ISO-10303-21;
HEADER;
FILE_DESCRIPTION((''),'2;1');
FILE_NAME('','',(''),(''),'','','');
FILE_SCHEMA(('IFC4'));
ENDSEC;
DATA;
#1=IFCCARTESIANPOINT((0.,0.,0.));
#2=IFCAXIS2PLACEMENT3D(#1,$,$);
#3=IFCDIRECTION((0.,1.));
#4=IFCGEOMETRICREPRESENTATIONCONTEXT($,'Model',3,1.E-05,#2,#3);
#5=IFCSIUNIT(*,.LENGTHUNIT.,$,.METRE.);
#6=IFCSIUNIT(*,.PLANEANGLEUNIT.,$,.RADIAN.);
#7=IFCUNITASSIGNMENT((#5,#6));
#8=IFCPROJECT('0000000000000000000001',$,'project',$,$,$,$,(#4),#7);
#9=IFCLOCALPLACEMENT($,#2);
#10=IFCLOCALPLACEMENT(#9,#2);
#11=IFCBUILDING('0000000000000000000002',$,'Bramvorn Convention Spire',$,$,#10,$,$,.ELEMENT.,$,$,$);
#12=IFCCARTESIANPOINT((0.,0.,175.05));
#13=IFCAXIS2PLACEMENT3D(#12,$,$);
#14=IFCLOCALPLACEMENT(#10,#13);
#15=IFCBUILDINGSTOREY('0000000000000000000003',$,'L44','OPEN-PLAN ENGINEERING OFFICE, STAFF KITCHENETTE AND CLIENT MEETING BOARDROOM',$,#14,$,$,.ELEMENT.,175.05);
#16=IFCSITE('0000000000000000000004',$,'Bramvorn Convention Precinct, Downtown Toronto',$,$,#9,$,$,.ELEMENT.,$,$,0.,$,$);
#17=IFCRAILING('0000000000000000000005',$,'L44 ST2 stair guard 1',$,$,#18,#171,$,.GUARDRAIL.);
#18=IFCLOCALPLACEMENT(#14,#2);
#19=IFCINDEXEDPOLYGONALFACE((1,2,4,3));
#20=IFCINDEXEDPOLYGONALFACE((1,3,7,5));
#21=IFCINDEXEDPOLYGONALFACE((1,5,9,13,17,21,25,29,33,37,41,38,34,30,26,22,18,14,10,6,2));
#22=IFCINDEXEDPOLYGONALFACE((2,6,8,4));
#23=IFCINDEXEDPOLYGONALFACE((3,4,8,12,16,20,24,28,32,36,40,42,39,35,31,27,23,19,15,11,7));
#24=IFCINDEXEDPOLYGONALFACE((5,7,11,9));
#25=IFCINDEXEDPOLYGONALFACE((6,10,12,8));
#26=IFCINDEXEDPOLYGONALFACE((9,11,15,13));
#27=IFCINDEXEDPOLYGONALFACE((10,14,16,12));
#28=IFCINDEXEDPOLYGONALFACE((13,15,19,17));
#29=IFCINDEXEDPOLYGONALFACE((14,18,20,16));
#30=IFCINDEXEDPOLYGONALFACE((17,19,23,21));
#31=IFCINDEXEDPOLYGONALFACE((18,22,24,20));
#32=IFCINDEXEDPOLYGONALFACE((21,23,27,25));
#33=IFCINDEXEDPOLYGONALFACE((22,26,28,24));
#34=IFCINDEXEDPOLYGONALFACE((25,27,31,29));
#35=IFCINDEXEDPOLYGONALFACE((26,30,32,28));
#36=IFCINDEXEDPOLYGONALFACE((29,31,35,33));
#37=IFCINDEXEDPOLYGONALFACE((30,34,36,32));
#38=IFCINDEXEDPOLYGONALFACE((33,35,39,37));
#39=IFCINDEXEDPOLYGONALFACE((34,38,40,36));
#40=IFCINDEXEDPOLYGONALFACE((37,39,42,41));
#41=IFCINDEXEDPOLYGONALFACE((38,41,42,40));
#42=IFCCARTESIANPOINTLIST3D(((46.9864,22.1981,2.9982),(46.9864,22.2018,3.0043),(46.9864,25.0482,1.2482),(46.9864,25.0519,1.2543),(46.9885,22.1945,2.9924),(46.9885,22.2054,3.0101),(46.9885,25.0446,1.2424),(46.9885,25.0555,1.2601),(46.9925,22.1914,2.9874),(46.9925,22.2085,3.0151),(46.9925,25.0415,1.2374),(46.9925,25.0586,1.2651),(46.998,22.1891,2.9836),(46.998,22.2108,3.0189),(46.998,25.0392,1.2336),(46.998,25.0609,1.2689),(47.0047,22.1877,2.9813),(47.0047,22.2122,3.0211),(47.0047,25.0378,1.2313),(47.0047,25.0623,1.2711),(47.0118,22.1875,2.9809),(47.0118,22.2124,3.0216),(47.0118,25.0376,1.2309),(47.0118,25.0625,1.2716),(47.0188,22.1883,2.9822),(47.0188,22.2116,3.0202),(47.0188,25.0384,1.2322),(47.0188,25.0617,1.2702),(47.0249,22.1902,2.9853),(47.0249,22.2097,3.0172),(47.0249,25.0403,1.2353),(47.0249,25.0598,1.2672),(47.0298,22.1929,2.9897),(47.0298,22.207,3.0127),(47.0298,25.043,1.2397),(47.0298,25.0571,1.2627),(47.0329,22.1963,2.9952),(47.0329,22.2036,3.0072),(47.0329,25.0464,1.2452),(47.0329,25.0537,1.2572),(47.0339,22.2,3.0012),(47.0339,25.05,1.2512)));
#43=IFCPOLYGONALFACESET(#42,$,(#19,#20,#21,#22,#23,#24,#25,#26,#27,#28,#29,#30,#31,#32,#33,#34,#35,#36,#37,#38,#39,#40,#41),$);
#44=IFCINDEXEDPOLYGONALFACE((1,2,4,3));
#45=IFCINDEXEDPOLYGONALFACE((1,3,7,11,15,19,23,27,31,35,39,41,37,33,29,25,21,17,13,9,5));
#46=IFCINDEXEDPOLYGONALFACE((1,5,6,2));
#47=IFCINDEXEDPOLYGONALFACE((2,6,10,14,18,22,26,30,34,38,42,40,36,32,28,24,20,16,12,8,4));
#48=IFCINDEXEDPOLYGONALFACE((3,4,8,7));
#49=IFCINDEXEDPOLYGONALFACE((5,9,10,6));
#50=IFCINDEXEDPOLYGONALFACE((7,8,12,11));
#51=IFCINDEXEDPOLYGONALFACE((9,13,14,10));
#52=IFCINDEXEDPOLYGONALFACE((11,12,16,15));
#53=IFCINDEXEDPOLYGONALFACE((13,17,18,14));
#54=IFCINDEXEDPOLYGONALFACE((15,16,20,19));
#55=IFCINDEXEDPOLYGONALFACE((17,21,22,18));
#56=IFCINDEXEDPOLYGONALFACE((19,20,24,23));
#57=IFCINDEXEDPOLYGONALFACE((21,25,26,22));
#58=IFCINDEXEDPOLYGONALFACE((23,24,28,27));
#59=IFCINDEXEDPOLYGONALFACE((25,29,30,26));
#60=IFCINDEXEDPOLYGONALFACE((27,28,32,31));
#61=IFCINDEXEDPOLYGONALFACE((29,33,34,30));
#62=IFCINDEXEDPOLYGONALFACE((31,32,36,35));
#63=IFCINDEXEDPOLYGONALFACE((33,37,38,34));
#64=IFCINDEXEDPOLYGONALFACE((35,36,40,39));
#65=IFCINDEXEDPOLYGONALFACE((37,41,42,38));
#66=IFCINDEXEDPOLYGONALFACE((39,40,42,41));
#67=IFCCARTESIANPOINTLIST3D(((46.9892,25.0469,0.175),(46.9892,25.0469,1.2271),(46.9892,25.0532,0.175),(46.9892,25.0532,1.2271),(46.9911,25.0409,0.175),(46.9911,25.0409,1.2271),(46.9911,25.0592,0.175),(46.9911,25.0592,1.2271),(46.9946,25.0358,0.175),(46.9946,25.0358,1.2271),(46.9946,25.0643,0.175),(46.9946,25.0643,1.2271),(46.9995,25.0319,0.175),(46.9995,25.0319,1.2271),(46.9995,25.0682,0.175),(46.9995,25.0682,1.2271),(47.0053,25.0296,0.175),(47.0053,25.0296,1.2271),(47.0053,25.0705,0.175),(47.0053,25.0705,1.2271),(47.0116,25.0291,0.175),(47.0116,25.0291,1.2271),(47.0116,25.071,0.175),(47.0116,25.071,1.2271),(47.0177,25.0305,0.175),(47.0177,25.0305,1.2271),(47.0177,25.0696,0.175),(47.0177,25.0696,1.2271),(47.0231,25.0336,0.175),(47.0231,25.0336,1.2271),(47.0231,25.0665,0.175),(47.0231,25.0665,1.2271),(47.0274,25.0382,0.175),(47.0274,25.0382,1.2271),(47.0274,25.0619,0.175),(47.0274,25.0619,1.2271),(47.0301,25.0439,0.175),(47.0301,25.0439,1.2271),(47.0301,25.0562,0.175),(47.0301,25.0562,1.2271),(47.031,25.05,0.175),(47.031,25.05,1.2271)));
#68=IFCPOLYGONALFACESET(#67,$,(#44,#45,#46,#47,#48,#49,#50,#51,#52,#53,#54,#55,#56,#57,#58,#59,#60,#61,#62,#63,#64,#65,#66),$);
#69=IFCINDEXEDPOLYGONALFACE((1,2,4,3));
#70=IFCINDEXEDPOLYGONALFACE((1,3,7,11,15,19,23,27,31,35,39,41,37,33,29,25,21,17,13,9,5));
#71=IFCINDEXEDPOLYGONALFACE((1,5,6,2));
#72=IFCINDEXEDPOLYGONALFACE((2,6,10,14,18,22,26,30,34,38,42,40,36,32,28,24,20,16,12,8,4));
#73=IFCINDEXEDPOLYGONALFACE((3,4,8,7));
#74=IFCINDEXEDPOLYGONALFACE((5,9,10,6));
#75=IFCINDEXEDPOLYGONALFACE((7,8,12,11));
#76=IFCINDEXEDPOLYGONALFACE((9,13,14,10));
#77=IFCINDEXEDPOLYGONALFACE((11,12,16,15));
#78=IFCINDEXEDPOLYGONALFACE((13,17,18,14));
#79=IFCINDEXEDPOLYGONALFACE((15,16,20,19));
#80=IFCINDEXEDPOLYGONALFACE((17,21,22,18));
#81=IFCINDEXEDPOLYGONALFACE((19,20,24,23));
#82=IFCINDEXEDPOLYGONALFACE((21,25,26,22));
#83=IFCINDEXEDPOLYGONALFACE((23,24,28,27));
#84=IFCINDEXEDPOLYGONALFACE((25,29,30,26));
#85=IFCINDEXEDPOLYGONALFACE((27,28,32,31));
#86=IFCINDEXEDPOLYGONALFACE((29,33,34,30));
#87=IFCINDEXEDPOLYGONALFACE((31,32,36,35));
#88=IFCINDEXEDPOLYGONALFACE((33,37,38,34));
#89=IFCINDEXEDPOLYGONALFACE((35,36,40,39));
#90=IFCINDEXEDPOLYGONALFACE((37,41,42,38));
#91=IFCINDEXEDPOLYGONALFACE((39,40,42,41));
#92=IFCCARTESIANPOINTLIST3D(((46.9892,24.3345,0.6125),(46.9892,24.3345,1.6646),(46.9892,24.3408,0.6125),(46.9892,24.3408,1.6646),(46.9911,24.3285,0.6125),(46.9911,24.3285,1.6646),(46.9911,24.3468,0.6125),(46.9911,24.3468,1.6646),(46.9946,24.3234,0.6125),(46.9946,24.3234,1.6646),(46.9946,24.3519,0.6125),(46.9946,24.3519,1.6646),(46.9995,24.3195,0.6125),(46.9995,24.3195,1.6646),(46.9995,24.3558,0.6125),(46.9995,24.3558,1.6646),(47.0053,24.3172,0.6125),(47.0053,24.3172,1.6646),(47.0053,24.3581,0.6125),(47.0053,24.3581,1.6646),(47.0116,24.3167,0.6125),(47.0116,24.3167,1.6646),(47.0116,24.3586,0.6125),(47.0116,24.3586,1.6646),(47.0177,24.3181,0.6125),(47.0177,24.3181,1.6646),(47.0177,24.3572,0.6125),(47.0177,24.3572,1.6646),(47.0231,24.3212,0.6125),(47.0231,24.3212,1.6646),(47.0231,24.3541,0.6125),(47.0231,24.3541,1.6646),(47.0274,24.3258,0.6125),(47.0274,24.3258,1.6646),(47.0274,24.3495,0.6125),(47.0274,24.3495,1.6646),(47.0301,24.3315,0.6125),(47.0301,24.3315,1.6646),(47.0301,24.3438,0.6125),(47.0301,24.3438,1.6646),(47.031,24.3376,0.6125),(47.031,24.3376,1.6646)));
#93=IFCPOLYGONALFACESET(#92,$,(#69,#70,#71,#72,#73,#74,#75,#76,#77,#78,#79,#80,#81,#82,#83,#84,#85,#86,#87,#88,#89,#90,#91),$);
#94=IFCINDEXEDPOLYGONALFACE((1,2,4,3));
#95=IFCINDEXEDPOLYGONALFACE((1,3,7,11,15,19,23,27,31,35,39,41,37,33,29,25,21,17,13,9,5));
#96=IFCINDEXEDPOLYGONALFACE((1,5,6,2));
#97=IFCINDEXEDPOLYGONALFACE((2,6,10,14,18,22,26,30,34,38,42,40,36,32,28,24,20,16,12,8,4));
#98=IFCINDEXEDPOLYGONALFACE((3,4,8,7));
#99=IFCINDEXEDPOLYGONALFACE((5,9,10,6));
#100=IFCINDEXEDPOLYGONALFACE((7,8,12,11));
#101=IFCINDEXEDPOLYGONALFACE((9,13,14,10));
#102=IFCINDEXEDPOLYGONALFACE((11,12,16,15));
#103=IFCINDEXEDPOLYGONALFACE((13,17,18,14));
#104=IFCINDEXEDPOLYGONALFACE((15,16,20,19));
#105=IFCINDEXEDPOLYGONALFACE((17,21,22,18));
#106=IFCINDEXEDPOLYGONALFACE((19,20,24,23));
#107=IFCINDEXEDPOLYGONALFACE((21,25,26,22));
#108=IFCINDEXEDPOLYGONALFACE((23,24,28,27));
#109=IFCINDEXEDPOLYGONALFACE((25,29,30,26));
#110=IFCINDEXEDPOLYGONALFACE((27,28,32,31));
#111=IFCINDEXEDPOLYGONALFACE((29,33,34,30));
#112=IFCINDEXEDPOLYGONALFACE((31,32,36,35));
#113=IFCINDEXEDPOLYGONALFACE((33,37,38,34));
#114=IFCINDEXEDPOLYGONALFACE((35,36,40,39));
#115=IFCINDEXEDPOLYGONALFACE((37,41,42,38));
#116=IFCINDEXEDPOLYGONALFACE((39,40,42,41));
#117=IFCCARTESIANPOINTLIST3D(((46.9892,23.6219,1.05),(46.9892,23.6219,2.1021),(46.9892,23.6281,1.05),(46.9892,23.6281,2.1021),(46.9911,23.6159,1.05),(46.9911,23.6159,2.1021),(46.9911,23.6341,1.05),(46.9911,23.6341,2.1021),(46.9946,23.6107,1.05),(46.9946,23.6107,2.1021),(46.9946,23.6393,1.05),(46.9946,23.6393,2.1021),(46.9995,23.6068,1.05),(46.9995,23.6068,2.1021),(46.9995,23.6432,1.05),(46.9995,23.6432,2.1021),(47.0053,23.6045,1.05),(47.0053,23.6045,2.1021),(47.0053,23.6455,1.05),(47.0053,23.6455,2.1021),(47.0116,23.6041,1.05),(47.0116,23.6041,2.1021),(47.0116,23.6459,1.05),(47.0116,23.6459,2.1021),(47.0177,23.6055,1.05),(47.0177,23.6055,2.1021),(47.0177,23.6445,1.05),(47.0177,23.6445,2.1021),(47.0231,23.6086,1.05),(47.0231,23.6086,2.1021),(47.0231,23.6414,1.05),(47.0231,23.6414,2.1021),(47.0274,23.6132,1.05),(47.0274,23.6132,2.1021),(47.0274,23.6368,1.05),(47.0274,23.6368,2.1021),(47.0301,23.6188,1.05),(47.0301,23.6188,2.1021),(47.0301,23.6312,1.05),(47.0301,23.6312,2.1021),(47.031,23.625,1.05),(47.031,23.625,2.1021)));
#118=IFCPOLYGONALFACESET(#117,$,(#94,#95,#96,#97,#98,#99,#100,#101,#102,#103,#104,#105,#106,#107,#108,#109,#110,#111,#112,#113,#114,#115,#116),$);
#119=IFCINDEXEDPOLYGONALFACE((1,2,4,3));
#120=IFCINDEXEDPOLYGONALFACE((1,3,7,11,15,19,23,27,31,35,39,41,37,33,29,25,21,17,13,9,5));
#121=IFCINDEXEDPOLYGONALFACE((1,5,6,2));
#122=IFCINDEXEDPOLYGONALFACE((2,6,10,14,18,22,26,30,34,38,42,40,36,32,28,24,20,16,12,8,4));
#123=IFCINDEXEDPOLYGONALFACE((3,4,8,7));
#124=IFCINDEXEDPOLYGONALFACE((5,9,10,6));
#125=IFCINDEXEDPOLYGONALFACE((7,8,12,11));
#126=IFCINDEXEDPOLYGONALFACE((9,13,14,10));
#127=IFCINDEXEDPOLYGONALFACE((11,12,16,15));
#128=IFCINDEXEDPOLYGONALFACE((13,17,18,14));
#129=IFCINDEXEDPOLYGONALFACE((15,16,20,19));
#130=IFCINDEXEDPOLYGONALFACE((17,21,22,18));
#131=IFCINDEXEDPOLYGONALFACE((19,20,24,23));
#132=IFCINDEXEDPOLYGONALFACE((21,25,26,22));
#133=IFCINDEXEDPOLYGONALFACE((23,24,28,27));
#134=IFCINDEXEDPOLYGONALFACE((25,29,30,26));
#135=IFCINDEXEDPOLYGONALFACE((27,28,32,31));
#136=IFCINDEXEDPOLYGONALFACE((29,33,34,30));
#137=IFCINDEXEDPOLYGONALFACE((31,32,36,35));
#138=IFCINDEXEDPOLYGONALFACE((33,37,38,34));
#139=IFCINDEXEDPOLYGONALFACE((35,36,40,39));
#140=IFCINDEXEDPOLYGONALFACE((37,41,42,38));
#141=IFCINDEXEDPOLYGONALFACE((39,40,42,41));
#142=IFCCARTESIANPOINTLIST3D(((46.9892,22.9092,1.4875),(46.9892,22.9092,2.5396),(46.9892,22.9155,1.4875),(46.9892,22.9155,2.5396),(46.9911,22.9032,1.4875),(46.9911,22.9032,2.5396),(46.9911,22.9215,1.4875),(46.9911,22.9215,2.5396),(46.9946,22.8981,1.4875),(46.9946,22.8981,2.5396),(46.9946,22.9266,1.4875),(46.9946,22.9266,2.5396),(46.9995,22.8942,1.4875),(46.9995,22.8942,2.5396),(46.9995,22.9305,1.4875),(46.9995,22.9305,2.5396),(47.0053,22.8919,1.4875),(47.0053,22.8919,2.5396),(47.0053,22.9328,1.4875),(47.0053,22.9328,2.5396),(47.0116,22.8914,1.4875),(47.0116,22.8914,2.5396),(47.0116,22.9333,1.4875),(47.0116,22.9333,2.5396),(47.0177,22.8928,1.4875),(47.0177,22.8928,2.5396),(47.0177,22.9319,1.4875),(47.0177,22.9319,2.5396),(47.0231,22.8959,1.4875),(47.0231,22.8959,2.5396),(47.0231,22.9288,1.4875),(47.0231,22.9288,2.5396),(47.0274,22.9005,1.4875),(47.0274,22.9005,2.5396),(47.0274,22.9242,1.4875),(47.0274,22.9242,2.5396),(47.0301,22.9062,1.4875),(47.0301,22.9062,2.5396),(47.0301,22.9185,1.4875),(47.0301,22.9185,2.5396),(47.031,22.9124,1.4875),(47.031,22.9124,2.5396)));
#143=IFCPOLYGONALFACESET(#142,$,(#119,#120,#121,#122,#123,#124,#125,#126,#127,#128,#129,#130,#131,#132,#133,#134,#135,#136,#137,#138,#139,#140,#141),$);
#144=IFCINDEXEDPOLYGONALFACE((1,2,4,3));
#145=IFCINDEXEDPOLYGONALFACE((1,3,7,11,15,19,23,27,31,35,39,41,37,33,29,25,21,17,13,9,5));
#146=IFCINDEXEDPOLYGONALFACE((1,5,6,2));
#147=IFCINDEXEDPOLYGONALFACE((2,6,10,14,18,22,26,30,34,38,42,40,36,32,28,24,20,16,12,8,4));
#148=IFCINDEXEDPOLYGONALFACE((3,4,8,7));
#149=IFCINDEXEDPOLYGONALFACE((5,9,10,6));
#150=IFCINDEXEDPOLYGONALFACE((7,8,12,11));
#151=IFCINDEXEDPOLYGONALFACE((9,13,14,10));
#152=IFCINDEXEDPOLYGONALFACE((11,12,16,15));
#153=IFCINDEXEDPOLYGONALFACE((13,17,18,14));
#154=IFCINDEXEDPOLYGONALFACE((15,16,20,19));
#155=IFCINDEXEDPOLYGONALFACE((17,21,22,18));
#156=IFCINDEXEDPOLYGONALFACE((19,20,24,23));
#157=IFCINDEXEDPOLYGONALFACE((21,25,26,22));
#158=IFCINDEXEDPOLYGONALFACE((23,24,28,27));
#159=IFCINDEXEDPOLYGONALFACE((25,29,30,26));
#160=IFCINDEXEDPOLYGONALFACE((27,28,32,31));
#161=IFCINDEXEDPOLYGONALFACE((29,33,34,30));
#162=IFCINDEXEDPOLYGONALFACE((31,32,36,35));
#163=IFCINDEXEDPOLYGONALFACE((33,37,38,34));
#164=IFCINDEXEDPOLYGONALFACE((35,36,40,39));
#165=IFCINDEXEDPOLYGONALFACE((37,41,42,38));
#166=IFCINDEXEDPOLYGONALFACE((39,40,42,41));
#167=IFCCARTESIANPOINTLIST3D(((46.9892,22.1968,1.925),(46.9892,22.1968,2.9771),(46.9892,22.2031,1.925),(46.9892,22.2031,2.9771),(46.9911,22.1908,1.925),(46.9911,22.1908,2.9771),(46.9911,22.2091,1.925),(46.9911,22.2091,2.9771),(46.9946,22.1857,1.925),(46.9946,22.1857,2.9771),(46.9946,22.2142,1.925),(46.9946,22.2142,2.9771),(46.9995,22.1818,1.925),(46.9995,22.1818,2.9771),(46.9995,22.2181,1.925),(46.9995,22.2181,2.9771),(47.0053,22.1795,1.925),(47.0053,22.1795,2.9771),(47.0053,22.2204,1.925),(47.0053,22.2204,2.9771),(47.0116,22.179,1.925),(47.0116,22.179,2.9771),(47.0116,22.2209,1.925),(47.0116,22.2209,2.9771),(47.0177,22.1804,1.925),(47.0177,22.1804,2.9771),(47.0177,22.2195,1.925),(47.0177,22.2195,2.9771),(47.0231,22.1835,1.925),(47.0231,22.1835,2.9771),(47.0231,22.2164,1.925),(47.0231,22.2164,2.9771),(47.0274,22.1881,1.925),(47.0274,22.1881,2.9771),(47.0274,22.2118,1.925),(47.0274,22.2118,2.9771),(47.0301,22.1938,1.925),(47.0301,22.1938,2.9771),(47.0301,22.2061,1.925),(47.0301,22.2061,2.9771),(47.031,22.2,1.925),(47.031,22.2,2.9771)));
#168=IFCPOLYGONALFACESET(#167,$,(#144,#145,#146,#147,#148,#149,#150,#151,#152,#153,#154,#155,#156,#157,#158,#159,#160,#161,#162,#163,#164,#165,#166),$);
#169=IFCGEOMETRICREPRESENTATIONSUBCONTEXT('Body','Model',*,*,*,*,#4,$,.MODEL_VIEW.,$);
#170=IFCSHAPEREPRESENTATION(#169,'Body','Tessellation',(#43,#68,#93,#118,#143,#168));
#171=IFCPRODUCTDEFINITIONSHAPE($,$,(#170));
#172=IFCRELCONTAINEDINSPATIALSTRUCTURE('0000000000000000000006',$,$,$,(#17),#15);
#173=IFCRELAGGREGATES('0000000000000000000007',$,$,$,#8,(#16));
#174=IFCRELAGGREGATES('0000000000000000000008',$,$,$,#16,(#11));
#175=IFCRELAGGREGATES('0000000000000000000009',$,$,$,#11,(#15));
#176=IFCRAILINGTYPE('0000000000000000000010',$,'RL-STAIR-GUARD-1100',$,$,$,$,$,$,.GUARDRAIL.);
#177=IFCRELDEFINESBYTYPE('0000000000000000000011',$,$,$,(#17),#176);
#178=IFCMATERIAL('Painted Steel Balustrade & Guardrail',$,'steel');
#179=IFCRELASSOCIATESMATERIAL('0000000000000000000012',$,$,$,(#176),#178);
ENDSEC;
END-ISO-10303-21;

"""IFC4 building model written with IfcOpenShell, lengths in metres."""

from ifc_helpers import new_model, si_unit, direction, frame, origin, origin_2d, place, context, subcontext, project, spatial, circle, extrude, material, type_object, element, save


model = new_model("IFC4")

# Units and contexts
model_context = context("Model", 3, precision=1e-05, world=origin(), true_north=direction((0.0, 1.0)))
body_context = subcontext(model_context, "Body", "Model", "MODEL_VIEW")
ifc_project = project(units=[si_unit("LENGTHUNIT", "METRE"), si_unit("PLANEANGLEUNIT", "RADIAN")], contexts=[model_context])

# Site, building, storey
site_placement = place(None, origin())
site = spatial("IfcSite", under=ifc_project, at=site_placement, Name="Bramvorn Convention Precinct, Downtown Toronto", CompositionType="ELEMENT", RefElevation=0.0)
building_placement = place(site_placement, origin())
building = spatial("IfcBuilding", under=site, at=building_placement, Name="Bramvorn Convention Spire", CompositionType="ELEMENT")
storey_placement = place(building_placement, frame((0.0, 0.0, 175.05)))
storey = spatial("IfcBuildingStorey", under=building, at=storey_placement, Name="L44", Description="OPEN-PLAN ENGINEERING OFFICE, STAFF KITCHENETTE AND CLIENT MEETING BOARDROOM", CompositionType="ELEMENT", Elevation=175.05)

# Railing
ifc_material_1 = material(Name="Painted Steel Balustrade & Guardrail", Category="steel")
railing_type_1 = type_object("IfcRailingType", Name="RL-STAIR-GUARD-1100", PredefinedType="GUARDRAIL", material=ifc_material_1)
railing_1_placement = place(storey_placement, frame((47.01, 25.05, 0.175)))
element("IfcRailing", 1, at=railing_1_placement, inside=storey, type_object=railing_type_1, Name="L44 ST2 stair guard 1", PredefinedType="GUARDRAIL", context=body_context, shape_type="SweptSolid", body=[
    extrude(circle(Radius=0.0239, at=origin_2d()), frame((0.0, 0.0, 1.0762), z_axis=(0.0, -0.852179, 0.52325), x_axis=(1.0, 0.0, 0.0)), (0.0, 0.0, 1.0), 3.3445),
    extrude(circle(Radius=0.021, at=origin_2d()), origin(), (0.0, 0.0, 1.0), 1.052),
    extrude(circle(Radius=0.021, at=origin_2d()), frame((0.0, -0.7124, 0.4375)), (0.0, 0.0, 1.0), 1.052),
    extrude(circle(Radius=0.021, at=origin_2d()), frame((0.0, -1.425, 0.875)), (0.0, 0.0, 1.0), 1.052),
    extrude(circle(Radius=0.021, at=origin_2d()), frame((0.0, -2.1377, 1.3125)), (0.0, 0.0, 1.0), 1.052),
    extrude(circle(Radius=0.021, at=origin_2d()), frame((0.0, -2.8501, 1.75)), (0.0, 0.0, 1.0), 1.052),
])

save(model, "model.ifc")
